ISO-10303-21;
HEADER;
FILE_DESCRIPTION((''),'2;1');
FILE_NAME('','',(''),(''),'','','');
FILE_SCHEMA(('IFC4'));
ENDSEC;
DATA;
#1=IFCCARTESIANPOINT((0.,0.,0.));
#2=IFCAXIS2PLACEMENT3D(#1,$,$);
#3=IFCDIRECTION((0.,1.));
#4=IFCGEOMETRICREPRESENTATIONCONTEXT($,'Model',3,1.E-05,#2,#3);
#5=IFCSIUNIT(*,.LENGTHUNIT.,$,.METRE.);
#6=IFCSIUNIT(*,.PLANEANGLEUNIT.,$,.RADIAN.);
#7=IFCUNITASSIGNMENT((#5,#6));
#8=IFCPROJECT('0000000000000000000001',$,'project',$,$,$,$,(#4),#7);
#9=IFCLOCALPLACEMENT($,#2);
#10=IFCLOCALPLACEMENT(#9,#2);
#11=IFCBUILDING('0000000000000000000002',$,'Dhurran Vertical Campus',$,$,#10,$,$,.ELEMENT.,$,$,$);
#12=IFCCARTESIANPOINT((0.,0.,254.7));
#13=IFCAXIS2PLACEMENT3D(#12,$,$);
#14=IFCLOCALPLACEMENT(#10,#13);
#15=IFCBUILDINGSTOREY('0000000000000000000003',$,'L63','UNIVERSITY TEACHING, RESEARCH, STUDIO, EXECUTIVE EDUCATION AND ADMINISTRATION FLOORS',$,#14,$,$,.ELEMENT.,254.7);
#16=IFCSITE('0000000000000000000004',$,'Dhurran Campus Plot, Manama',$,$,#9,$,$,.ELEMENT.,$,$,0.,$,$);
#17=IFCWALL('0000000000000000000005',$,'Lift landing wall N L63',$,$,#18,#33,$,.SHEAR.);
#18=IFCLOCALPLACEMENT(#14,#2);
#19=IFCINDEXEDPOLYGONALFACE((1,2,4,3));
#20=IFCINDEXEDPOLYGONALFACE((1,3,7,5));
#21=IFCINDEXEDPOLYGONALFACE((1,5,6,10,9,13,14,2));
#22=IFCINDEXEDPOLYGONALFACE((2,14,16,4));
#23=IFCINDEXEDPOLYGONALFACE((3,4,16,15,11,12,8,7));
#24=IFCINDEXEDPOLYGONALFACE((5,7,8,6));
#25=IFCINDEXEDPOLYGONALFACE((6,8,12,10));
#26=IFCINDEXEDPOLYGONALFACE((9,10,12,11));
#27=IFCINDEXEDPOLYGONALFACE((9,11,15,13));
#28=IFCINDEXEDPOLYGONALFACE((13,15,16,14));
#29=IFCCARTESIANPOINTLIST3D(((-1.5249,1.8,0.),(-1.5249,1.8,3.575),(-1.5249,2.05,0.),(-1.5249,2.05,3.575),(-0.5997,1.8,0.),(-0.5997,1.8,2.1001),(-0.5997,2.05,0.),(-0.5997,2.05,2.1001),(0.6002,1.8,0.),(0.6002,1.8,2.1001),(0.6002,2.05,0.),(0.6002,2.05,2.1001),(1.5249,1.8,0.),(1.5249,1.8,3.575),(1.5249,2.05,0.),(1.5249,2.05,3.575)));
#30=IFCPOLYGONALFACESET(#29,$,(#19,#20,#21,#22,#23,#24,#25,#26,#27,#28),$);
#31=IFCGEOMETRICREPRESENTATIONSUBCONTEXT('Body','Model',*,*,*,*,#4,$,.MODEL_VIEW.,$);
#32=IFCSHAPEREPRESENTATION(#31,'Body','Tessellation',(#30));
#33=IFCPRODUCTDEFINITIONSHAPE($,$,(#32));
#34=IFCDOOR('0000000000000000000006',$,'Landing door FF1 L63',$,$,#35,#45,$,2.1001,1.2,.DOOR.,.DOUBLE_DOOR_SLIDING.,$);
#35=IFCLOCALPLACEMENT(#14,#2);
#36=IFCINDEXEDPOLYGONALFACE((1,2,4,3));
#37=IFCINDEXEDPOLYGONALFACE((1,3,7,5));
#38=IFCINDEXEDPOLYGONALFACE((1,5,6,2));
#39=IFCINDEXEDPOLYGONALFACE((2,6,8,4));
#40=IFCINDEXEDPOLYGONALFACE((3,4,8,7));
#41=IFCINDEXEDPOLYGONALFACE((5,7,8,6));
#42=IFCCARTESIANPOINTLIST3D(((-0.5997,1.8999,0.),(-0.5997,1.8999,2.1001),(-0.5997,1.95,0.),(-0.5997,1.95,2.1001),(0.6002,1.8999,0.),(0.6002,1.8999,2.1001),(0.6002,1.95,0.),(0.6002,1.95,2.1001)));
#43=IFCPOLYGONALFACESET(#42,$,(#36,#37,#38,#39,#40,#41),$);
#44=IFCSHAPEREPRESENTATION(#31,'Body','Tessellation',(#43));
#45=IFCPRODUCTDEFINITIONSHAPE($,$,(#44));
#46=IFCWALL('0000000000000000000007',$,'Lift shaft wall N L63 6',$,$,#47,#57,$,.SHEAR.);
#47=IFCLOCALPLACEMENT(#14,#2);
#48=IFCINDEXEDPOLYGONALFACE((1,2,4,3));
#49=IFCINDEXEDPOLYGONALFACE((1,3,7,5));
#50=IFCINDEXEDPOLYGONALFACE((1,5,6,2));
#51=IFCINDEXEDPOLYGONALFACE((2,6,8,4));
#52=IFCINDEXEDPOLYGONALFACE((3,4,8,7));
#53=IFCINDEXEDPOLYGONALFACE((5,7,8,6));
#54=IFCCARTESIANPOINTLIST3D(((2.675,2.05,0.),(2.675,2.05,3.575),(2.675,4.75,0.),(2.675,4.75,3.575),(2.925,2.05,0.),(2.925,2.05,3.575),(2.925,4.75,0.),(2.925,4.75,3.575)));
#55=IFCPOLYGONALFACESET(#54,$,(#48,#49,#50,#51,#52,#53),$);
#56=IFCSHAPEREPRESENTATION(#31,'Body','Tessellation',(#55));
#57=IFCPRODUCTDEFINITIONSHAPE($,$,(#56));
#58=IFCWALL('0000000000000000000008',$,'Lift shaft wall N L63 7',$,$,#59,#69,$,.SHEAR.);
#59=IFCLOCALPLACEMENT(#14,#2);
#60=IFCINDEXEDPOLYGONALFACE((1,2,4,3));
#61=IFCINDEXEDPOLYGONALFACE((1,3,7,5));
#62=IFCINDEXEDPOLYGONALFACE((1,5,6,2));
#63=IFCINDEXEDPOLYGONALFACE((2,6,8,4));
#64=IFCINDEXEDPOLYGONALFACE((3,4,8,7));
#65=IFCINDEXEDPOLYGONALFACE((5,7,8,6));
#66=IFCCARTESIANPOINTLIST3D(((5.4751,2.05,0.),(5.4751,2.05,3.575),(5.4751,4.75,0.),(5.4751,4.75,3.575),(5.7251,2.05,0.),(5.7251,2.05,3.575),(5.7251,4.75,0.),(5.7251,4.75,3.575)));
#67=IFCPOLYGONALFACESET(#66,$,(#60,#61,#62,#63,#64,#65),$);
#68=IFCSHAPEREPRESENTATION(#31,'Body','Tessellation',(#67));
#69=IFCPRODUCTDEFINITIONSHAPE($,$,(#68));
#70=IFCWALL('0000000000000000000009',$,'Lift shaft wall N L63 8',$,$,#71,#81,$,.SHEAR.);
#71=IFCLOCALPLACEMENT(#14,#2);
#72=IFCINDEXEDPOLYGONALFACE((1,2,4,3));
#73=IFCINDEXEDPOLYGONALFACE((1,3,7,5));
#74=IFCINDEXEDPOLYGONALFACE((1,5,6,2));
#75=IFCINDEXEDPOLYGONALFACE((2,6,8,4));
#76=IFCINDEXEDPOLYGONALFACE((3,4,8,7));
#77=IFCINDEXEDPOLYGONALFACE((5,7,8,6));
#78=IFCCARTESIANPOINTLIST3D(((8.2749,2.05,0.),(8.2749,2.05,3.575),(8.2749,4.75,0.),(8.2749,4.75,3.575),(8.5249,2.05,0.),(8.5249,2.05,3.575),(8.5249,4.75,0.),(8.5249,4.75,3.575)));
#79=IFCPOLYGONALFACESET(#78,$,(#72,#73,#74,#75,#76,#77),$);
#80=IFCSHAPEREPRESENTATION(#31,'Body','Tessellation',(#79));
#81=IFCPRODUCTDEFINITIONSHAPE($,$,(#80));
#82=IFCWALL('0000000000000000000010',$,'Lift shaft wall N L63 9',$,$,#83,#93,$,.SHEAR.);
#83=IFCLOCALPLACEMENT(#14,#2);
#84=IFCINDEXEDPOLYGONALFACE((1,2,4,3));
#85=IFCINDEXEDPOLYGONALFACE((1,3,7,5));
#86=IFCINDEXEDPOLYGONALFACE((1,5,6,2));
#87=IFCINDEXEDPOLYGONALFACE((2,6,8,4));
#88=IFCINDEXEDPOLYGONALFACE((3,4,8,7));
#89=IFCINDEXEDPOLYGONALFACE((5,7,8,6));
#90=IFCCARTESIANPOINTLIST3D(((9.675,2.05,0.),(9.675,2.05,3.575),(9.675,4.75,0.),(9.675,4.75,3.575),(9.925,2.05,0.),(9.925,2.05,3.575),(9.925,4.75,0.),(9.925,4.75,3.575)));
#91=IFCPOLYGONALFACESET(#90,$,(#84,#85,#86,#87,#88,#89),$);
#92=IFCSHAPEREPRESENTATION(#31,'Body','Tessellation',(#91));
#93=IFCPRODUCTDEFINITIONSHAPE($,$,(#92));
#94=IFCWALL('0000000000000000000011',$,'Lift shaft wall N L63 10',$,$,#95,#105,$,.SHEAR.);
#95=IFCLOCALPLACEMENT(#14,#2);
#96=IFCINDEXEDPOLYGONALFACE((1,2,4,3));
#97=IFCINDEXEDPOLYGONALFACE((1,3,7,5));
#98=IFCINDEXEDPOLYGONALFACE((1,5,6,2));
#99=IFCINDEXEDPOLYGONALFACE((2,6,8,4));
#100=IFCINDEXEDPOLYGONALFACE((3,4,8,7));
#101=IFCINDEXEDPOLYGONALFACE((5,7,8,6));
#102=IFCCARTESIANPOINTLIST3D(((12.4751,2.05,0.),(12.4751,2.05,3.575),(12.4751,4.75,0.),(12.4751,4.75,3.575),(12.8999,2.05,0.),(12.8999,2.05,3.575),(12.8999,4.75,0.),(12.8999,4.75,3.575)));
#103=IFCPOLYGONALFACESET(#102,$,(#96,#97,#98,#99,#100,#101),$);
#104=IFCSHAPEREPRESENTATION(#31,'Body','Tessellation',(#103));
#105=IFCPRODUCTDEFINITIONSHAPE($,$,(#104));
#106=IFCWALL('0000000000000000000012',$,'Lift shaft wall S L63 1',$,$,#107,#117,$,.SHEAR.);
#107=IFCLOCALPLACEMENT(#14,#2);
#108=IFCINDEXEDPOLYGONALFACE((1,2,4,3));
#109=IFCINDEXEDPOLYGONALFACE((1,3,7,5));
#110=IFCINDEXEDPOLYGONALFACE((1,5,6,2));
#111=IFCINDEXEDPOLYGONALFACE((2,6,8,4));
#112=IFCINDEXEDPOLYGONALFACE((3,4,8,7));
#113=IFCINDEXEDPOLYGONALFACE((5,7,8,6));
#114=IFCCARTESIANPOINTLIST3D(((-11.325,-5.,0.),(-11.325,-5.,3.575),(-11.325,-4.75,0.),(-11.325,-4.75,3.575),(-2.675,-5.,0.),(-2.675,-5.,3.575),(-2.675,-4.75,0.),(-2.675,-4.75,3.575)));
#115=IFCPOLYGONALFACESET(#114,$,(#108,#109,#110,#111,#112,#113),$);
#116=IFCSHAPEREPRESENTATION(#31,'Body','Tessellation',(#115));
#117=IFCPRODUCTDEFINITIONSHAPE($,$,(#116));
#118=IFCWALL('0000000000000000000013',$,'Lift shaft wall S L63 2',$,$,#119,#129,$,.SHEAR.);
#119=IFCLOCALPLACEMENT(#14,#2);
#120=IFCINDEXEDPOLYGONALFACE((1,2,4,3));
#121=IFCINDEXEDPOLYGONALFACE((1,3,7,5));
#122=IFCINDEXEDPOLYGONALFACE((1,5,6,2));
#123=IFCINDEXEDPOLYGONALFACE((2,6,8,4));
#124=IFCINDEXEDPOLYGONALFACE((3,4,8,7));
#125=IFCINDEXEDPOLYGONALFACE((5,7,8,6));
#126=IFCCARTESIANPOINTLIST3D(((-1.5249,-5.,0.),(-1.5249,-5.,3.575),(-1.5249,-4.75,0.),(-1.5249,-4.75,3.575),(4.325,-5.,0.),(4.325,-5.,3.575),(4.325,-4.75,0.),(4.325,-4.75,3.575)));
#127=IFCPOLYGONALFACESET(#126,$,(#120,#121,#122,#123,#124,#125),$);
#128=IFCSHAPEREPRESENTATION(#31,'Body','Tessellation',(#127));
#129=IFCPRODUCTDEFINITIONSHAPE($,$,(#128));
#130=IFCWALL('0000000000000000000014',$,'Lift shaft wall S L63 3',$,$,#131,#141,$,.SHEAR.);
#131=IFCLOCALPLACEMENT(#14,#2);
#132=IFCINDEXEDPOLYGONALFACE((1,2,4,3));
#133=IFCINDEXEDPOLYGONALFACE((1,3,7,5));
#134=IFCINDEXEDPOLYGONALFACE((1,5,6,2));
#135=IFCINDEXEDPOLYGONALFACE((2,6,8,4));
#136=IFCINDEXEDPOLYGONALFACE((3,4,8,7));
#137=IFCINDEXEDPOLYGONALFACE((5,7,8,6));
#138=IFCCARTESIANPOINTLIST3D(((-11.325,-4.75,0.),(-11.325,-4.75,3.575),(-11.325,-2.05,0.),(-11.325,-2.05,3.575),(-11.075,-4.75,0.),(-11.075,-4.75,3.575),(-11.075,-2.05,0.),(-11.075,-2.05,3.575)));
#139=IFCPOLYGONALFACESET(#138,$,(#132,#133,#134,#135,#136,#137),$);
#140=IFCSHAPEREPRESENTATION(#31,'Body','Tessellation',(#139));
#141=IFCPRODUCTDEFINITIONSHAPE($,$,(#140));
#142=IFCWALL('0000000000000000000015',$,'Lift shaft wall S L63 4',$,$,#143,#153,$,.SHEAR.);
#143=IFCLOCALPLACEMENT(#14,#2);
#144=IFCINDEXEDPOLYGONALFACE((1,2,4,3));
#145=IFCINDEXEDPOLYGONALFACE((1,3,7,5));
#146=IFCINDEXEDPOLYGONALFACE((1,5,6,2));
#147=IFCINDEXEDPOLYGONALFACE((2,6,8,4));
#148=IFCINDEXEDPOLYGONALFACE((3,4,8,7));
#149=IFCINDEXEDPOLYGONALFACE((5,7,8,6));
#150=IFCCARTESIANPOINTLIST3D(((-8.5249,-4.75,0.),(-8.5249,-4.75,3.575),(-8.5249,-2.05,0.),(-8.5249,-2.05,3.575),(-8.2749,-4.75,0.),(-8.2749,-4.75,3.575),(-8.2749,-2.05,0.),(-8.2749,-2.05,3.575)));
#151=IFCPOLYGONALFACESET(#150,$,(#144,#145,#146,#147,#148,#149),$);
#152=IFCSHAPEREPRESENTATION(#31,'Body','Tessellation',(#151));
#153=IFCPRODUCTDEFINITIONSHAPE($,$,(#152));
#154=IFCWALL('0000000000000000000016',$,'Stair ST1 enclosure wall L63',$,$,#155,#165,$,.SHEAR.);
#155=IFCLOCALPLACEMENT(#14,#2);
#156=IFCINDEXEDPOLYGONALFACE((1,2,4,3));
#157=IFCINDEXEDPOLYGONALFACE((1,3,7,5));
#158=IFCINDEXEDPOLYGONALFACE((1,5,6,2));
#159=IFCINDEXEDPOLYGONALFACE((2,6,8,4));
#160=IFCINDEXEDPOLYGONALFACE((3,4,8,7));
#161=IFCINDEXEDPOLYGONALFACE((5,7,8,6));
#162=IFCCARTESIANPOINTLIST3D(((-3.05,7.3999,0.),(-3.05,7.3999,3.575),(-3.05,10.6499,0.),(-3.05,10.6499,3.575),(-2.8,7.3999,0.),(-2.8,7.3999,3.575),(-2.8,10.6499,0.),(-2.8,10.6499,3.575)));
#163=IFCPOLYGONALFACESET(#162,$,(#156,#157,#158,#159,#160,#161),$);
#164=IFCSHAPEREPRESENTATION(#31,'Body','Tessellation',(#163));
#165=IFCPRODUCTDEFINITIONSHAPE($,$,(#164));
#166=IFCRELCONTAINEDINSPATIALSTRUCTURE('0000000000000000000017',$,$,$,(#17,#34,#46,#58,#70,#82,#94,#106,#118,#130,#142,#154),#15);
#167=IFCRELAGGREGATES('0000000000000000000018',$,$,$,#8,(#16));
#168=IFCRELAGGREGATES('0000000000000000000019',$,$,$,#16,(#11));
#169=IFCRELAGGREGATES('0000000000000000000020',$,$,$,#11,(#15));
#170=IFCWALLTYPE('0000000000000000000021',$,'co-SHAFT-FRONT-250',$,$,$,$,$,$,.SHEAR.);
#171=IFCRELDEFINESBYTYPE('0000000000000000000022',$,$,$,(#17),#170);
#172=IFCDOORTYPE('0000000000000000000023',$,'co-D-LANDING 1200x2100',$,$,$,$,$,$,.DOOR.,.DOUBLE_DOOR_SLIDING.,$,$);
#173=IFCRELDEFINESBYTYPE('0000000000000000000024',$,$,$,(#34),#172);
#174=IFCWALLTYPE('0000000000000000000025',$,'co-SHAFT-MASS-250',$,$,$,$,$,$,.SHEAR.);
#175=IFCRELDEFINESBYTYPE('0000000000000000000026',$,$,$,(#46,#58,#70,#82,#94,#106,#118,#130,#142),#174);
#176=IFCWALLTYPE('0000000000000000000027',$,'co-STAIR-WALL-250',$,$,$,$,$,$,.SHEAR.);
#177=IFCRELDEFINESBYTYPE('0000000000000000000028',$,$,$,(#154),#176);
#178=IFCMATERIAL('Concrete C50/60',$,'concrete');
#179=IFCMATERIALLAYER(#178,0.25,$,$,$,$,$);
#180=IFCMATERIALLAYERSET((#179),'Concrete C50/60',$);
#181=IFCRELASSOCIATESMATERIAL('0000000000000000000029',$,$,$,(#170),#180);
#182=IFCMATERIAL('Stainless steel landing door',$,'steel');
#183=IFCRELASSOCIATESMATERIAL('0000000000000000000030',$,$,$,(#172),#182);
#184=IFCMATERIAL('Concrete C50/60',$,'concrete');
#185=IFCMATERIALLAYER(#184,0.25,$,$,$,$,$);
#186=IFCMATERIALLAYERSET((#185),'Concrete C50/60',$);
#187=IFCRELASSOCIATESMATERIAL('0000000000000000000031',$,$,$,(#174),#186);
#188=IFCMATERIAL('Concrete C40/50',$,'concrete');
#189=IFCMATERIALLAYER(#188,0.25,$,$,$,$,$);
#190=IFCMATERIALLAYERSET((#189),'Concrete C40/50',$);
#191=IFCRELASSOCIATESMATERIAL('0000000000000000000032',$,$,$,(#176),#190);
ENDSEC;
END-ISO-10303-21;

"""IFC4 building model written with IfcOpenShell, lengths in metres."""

from ifc_helpers import new_model, si_unit, direction, frame, frame_2d, origin, place, context, subcontext, project, spatial, polyline, rectangle, outline, extrude, material, layer, layer_set, type_object, element, fill, save


model = new_model("IFC4")

# Units and contexts
model_context = context("Model", 3, precision=1e-05, world=origin(), true_north=direction((0.0, 1.0)))
body_context = subcontext(model_context, "Body", "Model", "MODEL_VIEW")
ifc_project = project(units=[si_unit("LENGTHUNIT", "METRE"), si_unit("PLANEANGLEUNIT", "RADIAN")], contexts=[model_context])

# Site, building, storey
site_placement = place(None, origin())
site = spatial("IfcSite", under=ifc_project, at=site_placement, Name="Dhurran Campus Plot, Manama", CompositionType="ELEMENT", RefElevation=0.0)
building_placement = place(site_placement, origin())
building = spatial("IfcBuilding", under=site, at=building_placement, Name="Dhurran Vertical Campus", CompositionType="ELEMENT")
storey_placement = place(building_placement, frame((0.0, 0.0, 254.7)))
storey = spatial("IfcBuildingStorey", under=building, at=storey_placement, Name="L63", Description="UNIVERSITY TEACHING, RESEARCH, STUDIO, EXECUTIVE EDUCATION AND ADMINISTRATION FLOORS", CompositionType="ELEMENT", Elevation=254.7)

# Wall, opening, door
ifc_material_1 = material(Name="Concrete C50/60", Category="concrete")
ifc_layer_1 = layer(ifc_material_1, 0.25)
ifc_layer_set_1 = layer_set([ifc_layer_1], Name="Concrete C50/60")
wall_type_1 = type_object("IfcWallType", Name="co-SHAFT-FRONT-250", PredefinedType="SHEAR", material=ifc_layer_set_1)
wall_1_placement = place(storey_placement, frame((-1.5249, 1.925, 0.0), z_axis=(0.0, 0.0, 1.0), x_axis=(1.0, 0.0, 0.0)))
wall_1 = element("IfcWall", 1, at=wall_1_placement, inside=storey, type_object=wall_type_1, Name="Lift landing wall N L63", PredefinedType="SHEAR", context=body_context, shape_type="SweptSolid", body=[
    extrude(rectangle(XDim=3.0498, YDim=0.25, at=frame_2d((1.5249, 0.0))), origin(), (0.0, 0.0, 1.0), 3.575),
])
opening_1_placement = place(wall_1_placement, frame((0.925, 0.0, 0.0)))
opening_1 = element("IfcOpeningElement", 2, at=opening_1_placement, cuts=wall_1, PredefinedType="OPENING", context=body_context, shape_type="SweptSolid", body=[
    extrude(rectangle(XDim=1.2, YDim=2.1001, at=frame_2d((0.6001, 1.05))), frame((0.0, 0.135, 0.0), z_axis=(0.0, -1.0, 0.0), x_axis=(1.0, 0.0, 0.0)), (0.0, 0.0, 1.0), 0.27),
])
ifc_material_2 = material(Name="Stainless steel landing door", Category="steel")
door_type_1 = type_object("IfcDoorType", Name="co-D-LANDING 1200x2100", OperationType="DOUBLE_DOOR_SLIDING", PredefinedType="DOOR", material=ifc_material_2)
door_1_placement = place(opening_1_placement, origin())
door_1 = element("IfcDoor", 3, at=door_1_placement, inside=storey, type_object=door_type_1, Name="Landing door FF1 L63", OperationType="DOUBLE_DOOR_SLIDING", OverallHeight=2.1001, OverallWidth=1.2, PredefinedType="DOOR", context=body_context, shape_type="SweptSolid", body=[
    extrude(rectangle(XDim=1.2, YDim=2.1001, at=frame_2d((0.6001, 1.05))), frame((0.0, 0.0249, 0.0), z_axis=(0.0, -1.0, 0.0), x_axis=(1.0, 0.0, 0.0)), (0.0, 0.0, 1.0), 0.05),
])
fill(opening_1, door_1)

# Walls
ifc_material_3 = material(Name="Concrete C50/60", Category="concrete")
ifc_layer_2 = layer(ifc_material_3, 0.25)
ifc_layer_set_2 = layer_set([ifc_layer_2], Name="Concrete C50/60")
wall_type_2 = type_object("IfcWallType", Name="co-SHAFT-MASS-250", PredefinedType="SHEAR", material=ifc_layer_set_2)
wall_2_placement = place(storey_placement, origin())
element("IfcWall", 4, at=wall_2_placement, inside=storey, type_object=wall_type_2, Name="Lift shaft wall N L63 6", PredefinedType="SHEAR", context=body_context, shape_type="SweptSolid", body=[
    extrude(outline(polyline([(2.675, 2.05), (2.925, 2.05), (2.925, 4.75), (2.675, 4.75), (2.675, 2.05)])), origin(), (0.0, 0.0, 1.0), 3.575),
])
wall_3_placement = place(storey_placement, origin())
element("IfcWall", 5, at=wall_3_placement, inside=storey, type_object=wall_type_2, Name="Lift shaft wall N L63 7", PredefinedType="SHEAR", context=body_context, shape_type="SweptSolid", body=[
    extrude(outline(polyline([(5.4751, 2.05), (5.7251, 2.05), (5.7251, 4.75), (5.4751, 4.75), (5.4751, 2.05)])), origin(), (0.0, 0.0, 1.0), 3.575),
])
wall_4_placement = place(storey_placement, origin())
element("IfcWall", 6, at=wall_4_placement, inside=storey, type_object=wall_type_2, Name="Lift shaft wall N L63 8", PredefinedType="SHEAR", context=body_context, shape_type="SweptSolid", body=[
    extrude(outline(polyline([(8.2749, 2.05), (8.5249, 2.05), (8.5249, 4.75), (8.2749, 4.75), (8.2749, 2.05)])), origin(), (0.0, 0.0, 1.0), 3.575),
])
wall_5_placement = place(storey_placement, origin())
element("IfcWall", 7, at=wall_5_placement, inside=storey, type_object=wall_type_2, Name="Lift shaft wall N L63 9", PredefinedType="SHEAR", context=body_context, shape_type="SweptSolid", body=[
    extrude(outline(polyline([(9.675, 2.05), (9.925, 2.05), (9.925, 4.75), (9.675, 4.75), (9.675, 2.05)])), origin(), (0.0, 0.0, 1.0), 3.575),
])
wall_6_placement = place(storey_placement, origin())
element("IfcWall", 8, at=wall_6_placement, inside=storey, type_object=wall_type_2, Name="Lift shaft wall N L63 10", PredefinedType="SHEAR", context=body_context, shape_type="SweptSolid", body=[
    extrude(outline(polyline([(12.4751, 2.05), (12.8999, 2.05), (12.8999, 4.75), (12.4751, 4.75), (12.4751, 2.05)])), origin(), (0.0, 0.0, 1.0), 3.575),
])
wall_7_placement = place(storey_placement, origin())
element("IfcWall", 9, at=wall_7_placement, inside=storey, type_object=wall_type_2, Name="Lift shaft wall S L63 1", PredefinedType="SHEAR", context=body_context, shape_type="SweptSolid", body=[
    extrude(outline(polyline([(-11.325, -5.0), (-2.675, -5.0), (-2.675, -4.75), (-11.325, -4.75), (-11.325, -5.0)])), origin(), (0.0, 0.0, 1.0), 3.575),
])
wall_8_placement = place(storey_placement, origin())
element("IfcWall", 10, at=wall_8_placement, inside=storey, type_object=wall_type_2, Name="Lift shaft wall S L63 2", PredefinedType="SHEAR", context=body_context, shape_type="SweptSolid", body=[
    extrude(outline(polyline([(-1.5249, -5.0), (4.325, -5.0), (4.325, -4.75), (-1.5249, -4.75), (-1.5249, -5.0)])), origin(), (0.0, 0.0, 1.0), 3.575),
])
wall_9_placement = place(storey_placement, origin())
element("IfcWall", 11, at=wall_9_placement, inside=storey, type_object=wall_type_2, Name="Lift shaft wall S L63 3", PredefinedType="SHEAR", context=body_context, shape_type="SweptSolid", body=[
    extrude(outline(polyline([(-11.325, -4.75), (-11.075, -4.75), (-11.075, -2.05), (-11.325, -2.05), (-11.325, -4.75)])), origin(), (0.0, 0.0, 1.0), 3.575),
])
wall_10_placement = place(storey_placement, origin())
element("IfcWall", 12, at=wall_10_placement, inside=storey, type_object=wall_type_2, Name="Lift shaft wall S L63 4", PredefinedType="SHEAR", context=body_context, shape_type="SweptSolid", body=[
    extrude(outline(polyline([(-8.5249, -4.75), (-8.2749, -4.75), (-8.2749, -2.05), (-8.5249, -2.05), (-8.5249, -4.75)])), origin(), (0.0, 0.0, 1.0), 3.575),
])
ifc_material_4 = material(Name="Concrete C40/50", Category="concrete")
ifc_layer_3 = layer(ifc_material_4, 0.25)
ifc_layer_set_3 = layer_set([ifc_layer_3], Name="Concrete C40/50")
wall_type_3 = type_object("IfcWallType", Name="co-STAIR-WALL-250", PredefinedType="SHEAR", material=ifc_layer_set_3)
wall_11_placement = place(storey_placement, frame((-2.925, 7.3999, 0.0), z_axis=(0.0, 0.0, 1.0), x_axis=(0.0, 1.0, 0.0)))
element("IfcWall", 13, at=wall_11_placement, inside=storey, type_object=wall_type_3, Name="Stair ST1 enclosure wall L63", PredefinedType="SHEAR", context=body_context, shape_type="SweptSolid", body=[
    extrude(rectangle(XDim=3.25, YDim=0.25, at=frame_2d((1.625, 0.0))), origin(), (0.0, 0.0, 1.0), 3.575),
])

save(model, "model.ifc")
